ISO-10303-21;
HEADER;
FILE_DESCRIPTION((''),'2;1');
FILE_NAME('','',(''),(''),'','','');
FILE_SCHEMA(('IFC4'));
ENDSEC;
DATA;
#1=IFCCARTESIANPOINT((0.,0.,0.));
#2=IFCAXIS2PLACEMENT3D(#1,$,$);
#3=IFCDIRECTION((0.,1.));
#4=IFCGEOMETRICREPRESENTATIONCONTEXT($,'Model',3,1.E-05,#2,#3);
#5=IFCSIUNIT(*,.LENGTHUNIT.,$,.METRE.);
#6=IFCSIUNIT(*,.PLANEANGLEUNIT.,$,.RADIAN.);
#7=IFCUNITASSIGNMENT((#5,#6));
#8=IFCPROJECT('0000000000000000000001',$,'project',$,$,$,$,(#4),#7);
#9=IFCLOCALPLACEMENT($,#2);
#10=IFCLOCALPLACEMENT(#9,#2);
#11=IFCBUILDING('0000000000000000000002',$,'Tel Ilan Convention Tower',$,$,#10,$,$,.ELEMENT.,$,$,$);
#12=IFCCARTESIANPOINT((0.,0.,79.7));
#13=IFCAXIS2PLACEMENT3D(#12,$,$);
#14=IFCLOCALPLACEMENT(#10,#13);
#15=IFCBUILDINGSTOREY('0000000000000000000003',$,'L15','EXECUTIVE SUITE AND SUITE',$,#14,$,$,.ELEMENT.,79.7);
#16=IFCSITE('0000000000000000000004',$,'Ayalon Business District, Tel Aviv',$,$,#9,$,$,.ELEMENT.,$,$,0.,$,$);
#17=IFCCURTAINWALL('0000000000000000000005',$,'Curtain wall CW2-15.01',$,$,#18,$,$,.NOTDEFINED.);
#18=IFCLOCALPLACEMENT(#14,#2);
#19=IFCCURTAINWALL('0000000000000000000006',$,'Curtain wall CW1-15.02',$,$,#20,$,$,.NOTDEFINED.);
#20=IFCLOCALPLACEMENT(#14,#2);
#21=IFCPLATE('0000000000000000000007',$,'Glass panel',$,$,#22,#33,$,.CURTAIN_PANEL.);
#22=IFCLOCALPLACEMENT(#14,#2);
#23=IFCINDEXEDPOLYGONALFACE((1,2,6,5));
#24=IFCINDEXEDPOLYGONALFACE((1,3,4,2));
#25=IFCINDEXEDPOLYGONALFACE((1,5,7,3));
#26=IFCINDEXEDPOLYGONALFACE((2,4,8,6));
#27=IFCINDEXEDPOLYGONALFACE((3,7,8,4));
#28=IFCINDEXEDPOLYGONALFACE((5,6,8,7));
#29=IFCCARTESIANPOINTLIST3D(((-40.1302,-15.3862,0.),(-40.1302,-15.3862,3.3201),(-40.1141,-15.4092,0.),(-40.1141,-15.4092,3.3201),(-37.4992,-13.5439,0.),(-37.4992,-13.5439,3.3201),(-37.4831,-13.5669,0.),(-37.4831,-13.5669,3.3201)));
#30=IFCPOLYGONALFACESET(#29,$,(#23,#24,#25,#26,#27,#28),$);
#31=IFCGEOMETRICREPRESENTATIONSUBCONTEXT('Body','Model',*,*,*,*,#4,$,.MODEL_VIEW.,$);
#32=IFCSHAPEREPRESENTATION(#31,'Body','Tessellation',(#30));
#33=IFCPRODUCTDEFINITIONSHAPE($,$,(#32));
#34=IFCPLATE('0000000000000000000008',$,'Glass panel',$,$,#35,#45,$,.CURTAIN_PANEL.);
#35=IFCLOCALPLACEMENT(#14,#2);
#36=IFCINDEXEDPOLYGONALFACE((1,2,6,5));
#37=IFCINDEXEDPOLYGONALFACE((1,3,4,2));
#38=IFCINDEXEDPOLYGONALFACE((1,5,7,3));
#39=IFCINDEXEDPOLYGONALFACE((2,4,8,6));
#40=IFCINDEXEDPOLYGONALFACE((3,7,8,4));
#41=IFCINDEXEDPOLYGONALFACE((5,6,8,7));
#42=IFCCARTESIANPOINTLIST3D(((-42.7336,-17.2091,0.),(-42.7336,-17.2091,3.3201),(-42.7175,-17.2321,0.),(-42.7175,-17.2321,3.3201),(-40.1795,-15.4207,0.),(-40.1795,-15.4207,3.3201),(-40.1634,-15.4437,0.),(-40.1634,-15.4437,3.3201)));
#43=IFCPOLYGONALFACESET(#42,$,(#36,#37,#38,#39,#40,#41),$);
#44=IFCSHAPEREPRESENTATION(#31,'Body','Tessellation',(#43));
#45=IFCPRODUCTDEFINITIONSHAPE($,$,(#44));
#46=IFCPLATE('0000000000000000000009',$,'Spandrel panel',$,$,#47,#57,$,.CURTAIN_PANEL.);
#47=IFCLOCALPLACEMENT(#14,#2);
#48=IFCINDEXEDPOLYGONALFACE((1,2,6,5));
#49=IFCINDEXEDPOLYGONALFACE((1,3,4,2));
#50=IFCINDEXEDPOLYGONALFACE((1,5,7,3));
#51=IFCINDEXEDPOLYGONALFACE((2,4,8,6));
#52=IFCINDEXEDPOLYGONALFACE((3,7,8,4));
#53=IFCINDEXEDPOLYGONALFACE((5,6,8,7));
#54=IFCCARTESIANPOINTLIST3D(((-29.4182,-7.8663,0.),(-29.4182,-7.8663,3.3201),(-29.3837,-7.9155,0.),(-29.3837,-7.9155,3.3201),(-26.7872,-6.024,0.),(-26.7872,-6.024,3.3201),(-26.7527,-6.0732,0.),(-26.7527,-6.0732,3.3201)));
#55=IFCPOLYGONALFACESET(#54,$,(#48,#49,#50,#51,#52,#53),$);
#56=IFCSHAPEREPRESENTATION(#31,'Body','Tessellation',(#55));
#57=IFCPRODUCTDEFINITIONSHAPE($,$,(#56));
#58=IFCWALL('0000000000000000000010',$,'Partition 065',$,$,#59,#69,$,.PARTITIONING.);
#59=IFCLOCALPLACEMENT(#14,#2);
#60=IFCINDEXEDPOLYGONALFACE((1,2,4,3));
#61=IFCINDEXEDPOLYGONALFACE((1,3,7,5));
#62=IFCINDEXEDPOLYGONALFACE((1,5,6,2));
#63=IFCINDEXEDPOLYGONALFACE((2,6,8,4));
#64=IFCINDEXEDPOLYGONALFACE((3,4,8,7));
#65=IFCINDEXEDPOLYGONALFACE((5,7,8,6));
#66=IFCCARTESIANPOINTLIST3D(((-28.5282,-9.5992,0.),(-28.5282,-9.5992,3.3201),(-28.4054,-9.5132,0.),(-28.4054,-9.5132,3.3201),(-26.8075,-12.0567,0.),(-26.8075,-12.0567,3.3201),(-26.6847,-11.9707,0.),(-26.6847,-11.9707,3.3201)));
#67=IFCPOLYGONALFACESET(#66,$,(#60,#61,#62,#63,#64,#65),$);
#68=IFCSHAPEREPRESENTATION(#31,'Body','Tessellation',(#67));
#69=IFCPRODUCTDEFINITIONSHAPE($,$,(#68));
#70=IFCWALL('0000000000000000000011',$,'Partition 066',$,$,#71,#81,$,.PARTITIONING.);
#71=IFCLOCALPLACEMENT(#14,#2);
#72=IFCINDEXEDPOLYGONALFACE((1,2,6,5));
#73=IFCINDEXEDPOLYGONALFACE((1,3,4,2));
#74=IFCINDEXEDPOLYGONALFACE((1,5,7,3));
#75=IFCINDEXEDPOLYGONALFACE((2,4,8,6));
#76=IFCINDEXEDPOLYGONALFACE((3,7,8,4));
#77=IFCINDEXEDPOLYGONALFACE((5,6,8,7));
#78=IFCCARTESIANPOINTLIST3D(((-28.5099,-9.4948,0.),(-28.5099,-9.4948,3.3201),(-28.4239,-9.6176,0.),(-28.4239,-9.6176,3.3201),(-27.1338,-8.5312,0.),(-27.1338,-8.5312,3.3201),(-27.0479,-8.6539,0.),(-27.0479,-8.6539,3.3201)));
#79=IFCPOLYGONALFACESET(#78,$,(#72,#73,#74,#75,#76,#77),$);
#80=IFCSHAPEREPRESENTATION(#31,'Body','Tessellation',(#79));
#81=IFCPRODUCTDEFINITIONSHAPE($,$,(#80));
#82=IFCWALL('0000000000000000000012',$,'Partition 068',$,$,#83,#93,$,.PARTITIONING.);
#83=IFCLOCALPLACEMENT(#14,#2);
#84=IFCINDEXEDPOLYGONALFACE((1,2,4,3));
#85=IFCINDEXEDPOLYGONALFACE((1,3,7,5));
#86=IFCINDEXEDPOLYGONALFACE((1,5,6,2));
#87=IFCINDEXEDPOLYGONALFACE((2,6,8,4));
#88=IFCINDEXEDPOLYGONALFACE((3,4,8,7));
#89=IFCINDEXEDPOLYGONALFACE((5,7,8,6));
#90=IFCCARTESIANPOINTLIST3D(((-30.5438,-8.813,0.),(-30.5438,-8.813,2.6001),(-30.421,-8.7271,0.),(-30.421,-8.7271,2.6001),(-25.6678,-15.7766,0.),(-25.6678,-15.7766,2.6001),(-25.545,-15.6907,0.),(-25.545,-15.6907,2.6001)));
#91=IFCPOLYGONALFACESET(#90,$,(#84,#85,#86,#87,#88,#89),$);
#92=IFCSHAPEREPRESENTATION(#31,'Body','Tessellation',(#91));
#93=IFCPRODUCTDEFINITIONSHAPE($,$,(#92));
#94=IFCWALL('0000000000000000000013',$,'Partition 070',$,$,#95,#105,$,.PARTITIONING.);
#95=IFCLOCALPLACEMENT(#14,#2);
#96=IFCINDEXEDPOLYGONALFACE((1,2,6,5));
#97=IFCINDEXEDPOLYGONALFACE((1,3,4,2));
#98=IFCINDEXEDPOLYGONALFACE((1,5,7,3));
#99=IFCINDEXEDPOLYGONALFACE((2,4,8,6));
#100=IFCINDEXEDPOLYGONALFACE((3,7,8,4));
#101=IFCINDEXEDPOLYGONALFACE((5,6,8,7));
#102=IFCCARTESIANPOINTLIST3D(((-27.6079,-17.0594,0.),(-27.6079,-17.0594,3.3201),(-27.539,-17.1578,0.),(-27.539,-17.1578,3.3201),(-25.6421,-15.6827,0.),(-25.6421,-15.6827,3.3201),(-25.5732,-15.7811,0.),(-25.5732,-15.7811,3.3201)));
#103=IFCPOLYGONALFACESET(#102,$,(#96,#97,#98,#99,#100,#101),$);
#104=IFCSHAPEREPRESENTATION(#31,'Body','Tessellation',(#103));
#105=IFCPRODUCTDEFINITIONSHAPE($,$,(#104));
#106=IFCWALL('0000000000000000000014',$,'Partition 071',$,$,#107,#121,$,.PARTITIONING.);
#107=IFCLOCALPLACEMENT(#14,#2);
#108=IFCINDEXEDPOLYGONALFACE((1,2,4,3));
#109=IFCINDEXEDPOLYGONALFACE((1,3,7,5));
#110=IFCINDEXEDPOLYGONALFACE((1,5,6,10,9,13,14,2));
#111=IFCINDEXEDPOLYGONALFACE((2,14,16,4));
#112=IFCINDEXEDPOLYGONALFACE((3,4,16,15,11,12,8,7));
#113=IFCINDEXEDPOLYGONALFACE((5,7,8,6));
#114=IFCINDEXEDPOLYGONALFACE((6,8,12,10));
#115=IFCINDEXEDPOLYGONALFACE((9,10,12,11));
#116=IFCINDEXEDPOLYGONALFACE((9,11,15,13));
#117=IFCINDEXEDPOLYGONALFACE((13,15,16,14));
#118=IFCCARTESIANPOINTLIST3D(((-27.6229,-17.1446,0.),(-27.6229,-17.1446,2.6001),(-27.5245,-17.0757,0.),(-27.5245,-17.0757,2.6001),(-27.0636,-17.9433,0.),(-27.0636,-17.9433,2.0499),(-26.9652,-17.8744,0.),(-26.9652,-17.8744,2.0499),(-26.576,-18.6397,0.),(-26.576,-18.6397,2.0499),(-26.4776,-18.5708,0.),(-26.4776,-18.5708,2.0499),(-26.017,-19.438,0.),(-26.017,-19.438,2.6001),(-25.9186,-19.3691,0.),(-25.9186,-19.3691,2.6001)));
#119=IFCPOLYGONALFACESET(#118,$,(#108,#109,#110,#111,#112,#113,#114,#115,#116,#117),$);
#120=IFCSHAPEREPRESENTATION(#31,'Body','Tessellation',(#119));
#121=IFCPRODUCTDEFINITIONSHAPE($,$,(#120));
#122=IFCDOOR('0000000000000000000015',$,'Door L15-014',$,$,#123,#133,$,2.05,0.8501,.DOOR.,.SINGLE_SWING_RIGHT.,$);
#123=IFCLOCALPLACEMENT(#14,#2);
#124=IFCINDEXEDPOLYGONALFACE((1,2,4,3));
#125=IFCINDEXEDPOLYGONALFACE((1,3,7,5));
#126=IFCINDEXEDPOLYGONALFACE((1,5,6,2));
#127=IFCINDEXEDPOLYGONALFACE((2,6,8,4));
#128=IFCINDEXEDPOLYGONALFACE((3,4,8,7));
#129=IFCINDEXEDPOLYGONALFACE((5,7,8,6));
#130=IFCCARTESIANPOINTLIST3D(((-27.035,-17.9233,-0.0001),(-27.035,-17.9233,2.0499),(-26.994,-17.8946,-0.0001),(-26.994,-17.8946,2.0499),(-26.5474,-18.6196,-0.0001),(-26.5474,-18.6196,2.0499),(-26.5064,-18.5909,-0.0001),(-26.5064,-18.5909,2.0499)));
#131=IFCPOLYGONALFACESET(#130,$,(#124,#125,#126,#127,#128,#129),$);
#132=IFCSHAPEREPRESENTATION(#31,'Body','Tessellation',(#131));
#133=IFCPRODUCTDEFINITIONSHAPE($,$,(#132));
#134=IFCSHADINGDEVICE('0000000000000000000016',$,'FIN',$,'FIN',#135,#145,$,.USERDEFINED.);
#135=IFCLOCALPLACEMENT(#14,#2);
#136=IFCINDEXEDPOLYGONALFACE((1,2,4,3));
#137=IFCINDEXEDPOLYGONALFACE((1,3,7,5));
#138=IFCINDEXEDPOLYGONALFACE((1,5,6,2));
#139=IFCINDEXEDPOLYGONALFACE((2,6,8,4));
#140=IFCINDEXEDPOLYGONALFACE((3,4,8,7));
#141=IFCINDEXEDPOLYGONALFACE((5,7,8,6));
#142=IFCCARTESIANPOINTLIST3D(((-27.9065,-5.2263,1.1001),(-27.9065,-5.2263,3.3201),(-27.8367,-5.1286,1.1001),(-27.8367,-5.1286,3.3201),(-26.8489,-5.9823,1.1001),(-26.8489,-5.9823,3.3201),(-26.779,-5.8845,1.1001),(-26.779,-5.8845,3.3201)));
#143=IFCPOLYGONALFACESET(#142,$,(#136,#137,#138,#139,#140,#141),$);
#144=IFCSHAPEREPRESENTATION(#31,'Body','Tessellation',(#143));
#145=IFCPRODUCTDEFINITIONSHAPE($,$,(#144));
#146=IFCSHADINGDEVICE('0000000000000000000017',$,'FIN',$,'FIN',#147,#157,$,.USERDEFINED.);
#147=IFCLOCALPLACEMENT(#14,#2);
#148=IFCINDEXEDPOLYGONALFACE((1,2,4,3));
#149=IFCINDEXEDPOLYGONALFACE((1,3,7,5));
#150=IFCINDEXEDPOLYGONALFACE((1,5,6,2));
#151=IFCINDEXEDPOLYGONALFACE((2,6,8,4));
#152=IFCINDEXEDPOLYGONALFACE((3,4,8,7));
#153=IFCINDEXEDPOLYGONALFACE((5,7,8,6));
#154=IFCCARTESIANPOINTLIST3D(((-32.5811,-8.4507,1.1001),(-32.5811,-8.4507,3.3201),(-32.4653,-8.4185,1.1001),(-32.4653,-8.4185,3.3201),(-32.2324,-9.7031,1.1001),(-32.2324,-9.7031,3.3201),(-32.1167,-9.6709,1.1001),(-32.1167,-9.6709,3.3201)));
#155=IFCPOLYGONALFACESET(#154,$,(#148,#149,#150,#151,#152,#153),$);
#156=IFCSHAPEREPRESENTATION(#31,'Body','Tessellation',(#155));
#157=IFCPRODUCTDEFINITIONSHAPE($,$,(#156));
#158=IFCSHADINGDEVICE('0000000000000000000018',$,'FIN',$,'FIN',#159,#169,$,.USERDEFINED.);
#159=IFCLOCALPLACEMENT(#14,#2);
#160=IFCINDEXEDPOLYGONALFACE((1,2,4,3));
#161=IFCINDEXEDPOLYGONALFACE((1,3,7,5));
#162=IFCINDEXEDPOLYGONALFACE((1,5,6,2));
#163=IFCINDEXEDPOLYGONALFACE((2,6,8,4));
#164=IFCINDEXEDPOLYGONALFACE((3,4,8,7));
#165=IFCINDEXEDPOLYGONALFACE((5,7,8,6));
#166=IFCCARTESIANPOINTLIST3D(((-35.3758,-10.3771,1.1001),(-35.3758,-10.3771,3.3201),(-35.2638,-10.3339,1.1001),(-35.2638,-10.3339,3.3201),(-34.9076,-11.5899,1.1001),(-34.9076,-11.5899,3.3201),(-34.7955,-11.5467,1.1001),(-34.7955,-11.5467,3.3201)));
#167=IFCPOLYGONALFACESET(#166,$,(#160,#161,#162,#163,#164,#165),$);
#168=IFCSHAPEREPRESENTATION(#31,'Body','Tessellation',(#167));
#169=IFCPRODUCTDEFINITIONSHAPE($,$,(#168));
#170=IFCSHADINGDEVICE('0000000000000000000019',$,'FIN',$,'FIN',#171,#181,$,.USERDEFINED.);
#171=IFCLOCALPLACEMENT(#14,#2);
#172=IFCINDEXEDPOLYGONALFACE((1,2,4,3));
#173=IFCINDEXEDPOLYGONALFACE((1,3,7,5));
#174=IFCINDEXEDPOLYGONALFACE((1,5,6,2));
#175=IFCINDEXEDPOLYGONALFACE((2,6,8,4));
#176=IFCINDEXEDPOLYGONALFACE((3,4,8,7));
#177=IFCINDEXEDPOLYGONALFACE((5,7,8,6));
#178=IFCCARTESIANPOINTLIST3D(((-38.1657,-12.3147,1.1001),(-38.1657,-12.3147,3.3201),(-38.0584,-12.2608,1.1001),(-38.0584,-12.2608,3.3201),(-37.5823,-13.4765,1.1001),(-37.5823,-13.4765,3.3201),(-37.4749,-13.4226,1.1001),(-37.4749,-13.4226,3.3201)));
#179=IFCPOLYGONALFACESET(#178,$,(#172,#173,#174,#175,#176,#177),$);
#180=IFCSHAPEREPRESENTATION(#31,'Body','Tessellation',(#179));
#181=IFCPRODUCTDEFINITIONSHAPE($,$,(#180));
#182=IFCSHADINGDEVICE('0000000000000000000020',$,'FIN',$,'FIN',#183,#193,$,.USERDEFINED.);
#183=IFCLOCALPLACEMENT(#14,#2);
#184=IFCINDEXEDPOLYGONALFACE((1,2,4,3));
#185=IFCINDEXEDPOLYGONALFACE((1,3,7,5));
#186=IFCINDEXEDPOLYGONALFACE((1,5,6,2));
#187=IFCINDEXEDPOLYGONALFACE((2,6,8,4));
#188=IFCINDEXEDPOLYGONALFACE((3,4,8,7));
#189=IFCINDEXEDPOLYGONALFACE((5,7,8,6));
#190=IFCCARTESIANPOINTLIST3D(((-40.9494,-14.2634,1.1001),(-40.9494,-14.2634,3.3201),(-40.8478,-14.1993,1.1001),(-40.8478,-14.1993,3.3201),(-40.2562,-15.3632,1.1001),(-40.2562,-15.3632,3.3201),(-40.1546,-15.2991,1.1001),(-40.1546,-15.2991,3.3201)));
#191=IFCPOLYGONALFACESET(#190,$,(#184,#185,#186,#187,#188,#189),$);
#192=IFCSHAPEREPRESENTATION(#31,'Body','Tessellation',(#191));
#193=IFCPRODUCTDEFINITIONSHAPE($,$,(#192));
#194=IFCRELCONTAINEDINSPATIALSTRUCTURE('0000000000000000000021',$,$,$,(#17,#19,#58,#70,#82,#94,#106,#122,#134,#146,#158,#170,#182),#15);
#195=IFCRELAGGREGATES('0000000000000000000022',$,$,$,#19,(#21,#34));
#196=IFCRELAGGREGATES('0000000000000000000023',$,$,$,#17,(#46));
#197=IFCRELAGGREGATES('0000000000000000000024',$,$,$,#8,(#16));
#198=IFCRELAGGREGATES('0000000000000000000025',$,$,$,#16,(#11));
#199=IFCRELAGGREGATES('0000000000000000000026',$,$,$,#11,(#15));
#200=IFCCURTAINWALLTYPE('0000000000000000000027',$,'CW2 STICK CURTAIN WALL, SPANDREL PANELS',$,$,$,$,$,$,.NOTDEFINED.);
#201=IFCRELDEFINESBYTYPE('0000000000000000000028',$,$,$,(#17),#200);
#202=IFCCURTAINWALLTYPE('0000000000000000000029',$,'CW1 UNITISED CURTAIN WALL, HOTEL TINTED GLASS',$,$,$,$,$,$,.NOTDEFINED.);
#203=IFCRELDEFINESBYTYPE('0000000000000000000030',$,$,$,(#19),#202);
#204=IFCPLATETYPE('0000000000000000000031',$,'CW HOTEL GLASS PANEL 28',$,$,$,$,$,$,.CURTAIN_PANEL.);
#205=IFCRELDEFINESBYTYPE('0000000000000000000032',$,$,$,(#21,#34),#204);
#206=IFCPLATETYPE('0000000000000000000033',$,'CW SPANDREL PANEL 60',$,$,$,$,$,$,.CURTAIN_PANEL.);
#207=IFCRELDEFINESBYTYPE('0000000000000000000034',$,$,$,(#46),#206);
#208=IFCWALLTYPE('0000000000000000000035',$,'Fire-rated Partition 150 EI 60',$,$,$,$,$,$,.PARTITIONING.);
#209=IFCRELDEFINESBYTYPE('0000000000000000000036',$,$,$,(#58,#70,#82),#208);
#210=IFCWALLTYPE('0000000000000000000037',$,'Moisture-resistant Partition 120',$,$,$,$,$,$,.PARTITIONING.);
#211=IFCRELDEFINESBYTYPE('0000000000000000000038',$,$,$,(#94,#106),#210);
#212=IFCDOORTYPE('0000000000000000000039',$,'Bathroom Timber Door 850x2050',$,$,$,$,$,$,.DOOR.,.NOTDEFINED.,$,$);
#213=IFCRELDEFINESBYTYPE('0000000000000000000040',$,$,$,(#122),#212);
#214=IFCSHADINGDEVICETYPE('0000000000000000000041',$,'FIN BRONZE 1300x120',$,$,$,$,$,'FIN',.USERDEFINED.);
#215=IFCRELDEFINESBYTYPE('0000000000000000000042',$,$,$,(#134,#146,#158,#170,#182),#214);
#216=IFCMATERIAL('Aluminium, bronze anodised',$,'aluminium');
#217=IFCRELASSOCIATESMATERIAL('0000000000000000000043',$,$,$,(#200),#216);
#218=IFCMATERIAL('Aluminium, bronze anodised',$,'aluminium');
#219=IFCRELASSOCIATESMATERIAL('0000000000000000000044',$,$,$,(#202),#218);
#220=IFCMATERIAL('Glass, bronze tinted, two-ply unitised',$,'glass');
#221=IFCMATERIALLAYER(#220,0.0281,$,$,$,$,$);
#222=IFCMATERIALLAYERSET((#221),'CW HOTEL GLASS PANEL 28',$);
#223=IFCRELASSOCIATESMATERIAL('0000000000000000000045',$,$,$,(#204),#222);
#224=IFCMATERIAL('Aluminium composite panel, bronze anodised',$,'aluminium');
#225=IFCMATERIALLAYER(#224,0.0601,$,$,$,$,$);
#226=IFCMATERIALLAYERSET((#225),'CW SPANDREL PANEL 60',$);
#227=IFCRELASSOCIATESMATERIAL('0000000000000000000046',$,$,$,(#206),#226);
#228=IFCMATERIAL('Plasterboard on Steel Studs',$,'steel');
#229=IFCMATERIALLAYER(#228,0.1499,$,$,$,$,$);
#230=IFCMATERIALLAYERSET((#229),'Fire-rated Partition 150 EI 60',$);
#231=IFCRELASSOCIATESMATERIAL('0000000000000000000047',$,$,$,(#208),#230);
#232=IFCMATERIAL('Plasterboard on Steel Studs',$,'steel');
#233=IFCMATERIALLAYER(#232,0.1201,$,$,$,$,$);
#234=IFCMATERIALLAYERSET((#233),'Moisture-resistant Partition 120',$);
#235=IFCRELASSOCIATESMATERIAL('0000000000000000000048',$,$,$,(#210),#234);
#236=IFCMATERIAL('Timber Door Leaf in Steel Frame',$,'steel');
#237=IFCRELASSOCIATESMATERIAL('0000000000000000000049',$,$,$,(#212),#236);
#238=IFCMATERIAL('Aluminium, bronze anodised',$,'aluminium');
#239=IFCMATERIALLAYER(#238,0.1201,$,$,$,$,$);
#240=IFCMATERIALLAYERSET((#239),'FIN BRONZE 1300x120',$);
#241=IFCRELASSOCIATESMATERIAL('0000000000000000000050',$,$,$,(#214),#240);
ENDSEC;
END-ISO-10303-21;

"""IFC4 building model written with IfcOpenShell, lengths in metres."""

from ifc_helpers import new_model, si_unit, direction, frame, frame_2d, origin, origin_2d, place, context, subcontext, project, spatial, rectangle, extrude, material, layer, layer_set, type_object, element, fill, aggregate, save


model = new_model("IFC4")

# Units and contexts
model_context = context("Model", 3, precision=1e-05, world=origin(), true_north=direction((0.0, 1.0)))
body_context = subcontext(model_context, "Body", "Model", "MODEL_VIEW")
ifc_project = project(units=[si_unit("LENGTHUNIT", "METRE"), si_unit("PLANEANGLEUNIT", "RADIAN")], contexts=[model_context])

# Site, building, storey
site_placement = place(None, origin())
site = spatial("IfcSite", under=ifc_project, at=site_placement, Name="Ayalon Business District, Tel Aviv", CompositionType="ELEMENT", RefElevation=0.0)
building_placement = place(site_placement, origin())
building = spatial("IfcBuilding", under=site, at=building_placement, Name="Tel Ilan Convention Tower", CompositionType="ELEMENT")
storey_placement = place(building_placement, frame((0.0, 0.0, 79.7)))
storey = spatial("IfcBuildingStorey", under=building, at=storey_placement, Name="L15", Description="EXECUTIVE SUITE AND SUITE", CompositionType="ELEMENT", Elevation=79.7)

# Curtain wall
ifc_material_1 = material(Name="Aluminium, bronze anodised", Category="aluminium")
curtain_wall_type_1 = type_object("IfcCurtainWallType", Name="CW2 STICK CURTAIN WALL, SPANDREL PANELS", PredefinedType="NOTDEFINED", material=ifc_material_1)
curtain_wall_1_placement = place(storey_placement, origin())
curtain_wall_1 = element("IfcCurtainWall", 1, at=curtain_wall_1_placement, inside=storey, type_object=curtain_wall_type_1, Name="Curtain wall CW2-15.01", PredefinedType="NOTDEFINED")

# Curtain wall, plates
ifc_material_2 = material(Name="Aluminium, bronze anodised", Category="aluminium")
curtain_wall_type_2 = type_object("IfcCurtainWallType", Name="CW1 UNITISED CURTAIN WALL, HOTEL TINTED GLASS", PredefinedType="NOTDEFINED", material=ifc_material_2)
curtain_wall_2_placement = place(storey_placement, origin())
curtain_wall_2 = element("IfcCurtainWall", 2, at=curtain_wall_2_placement, inside=storey, type_object=curtain_wall_type_2, Name="Curtain wall CW1-15.02", PredefinedType="NOTDEFINED")
ifc_material_3 = material(Name="Glass, bronze tinted, two-ply unitised", Category="glass")
ifc_layer_1 = layer(ifc_material_3, 0.0281)
ifc_layer_set_1 = layer_set([ifc_layer_1], Name="CW HOTEL GLASS PANEL 28")
plate_type_1 = type_object("IfcPlateType", Name="CW HOTEL GLASS PANEL 28", PredefinedType="CURTAIN_PANEL", material=ifc_layer_set_1)
plate_1_placement = place(storey_placement, frame((-38.8066, -14.4766, 0.0), z_axis=(0.0, 0.0, 1.0), x_axis=(-0.819152, -0.573576, 0.0)))
plate_1 = element("IfcPlate", 3, at=plate_1_placement, type_object=plate_type_1, Name="Glass panel", PredefinedType="CURTAIN_PANEL", context=body_context, shape_type="SweptSolid", body=[
    extrude(rectangle(XDim=3.2119, YDim=0.0281, at=origin_2d()), origin(), (0.0, 0.0, 1.0), 3.3201),
])
plate_2_placement = place(storey_placement, frame((-41.4485, -16.3264, 0.0), z_axis=(0.0, 0.0, 1.0), x_axis=(-0.819152, -0.573576, 0.0)))
plate_2 = element("IfcPlate", 4, at=plate_2_placement, type_object=plate_type_1, Name="Glass panel", PredefinedType="CURTAIN_PANEL", context=body_context, shape_type="SweptSolid", body=[
    extrude(rectangle(XDim=3.1179, YDim=0.0281, at=origin_2d()), origin(), (0.0, 0.0, 1.0), 3.3201),
])
aggregate(curtain_wall_2, [plate_1, plate_2])

# Plate
ifc_material_4 = material(Name="Aluminium composite panel, bronze anodised", Category="aluminium")
ifc_layer_2 = layer(ifc_material_4, 0.0601)
ifc_layer_set_2 = layer_set([ifc_layer_2], Name="CW SPANDREL PANEL 60")
plate_type_2 = type_object("IfcPlateType", Name="CW SPANDREL PANEL 60", PredefinedType="CURTAIN_PANEL", material=ifc_layer_set_2)
plate_3_placement = place(storey_placement, frame((-28.0854, -6.9697, 0.0), z_axis=(0.0, 0.0, 1.0), x_axis=(-0.819152, -0.573576, 0.0)))
plate_3 = element("IfcPlate", 5, at=plate_3_placement, type_object=plate_type_2, Name="Spandrel panel", PredefinedType="CURTAIN_PANEL", context=body_context, shape_type="SweptSolid", body=[
    extrude(rectangle(XDim=3.2119, YDim=0.0601, at=origin_2d()), origin(), (0.0, 0.0, 1.0), 3.3201),
])
aggregate(curtain_wall_1, [plate_3])

# Walls
ifc_material_5 = material(Name="Plasterboard on Steel Studs", Category="steel")
ifc_layer_3 = layer(ifc_material_5, 0.1499)
ifc_layer_set_3 = layer_set([ifc_layer_3], Name="Fire-rated Partition 150 EI 60")
wall_type_1 = type_object("IfcWallType", Name="Fire-rated Partition 150 EI 60", PredefinedType="PARTITIONING", material=ifc_layer_set_3)
wall_1_placement = place(storey_placement, frame((-26.7461, -12.0137, 0.0), z_axis=(0.0, 0.0, 1.0), x_axis=(-0.573561, 0.819163, 0.0)))
element("IfcWall", 6, at=wall_1_placement, inside=storey, type_object=wall_type_1, Name="Partition 065", PredefinedType="PARTITIONING", context=body_context, shape_type="SweptSolid", body=[
    extrude(rectangle(XDim=3.0, YDim=0.1499, at=frame_2d((1.5, 0.0))), origin(), (0.0, 0.0, 1.0), 3.3201),
])
wall_2_placement = place(storey_placement, frame((-28.4668, -9.5562, 0.0), z_axis=(0.0, 0.0, 1.0), x_axis=(0.819109, 0.573638, 0.0)))
element("IfcWall", 7, at=wall_2_placement, inside=storey, type_object=wall_type_1, Name="Partition 066", PredefinedType="PARTITIONING", context=body_context, shape_type="SweptSolid", body=[
    extrude(rectangle(XDim=1.6799, YDim=0.1499, at=frame_2d((0.8398, 0.0))), origin(), (0.0, 0.0, 1.0), 3.3201),
])
wall_3_placement = place(storey_placement, frame((-25.6064, -15.7336, 0.0), z_axis=(0.0, 0.0, 1.0), x_axis=(-0.573576, 0.819152, 0.0)))
element("IfcWall", 8, at=wall_3_placement, inside=storey, type_object=wall_type_1, Name="Partition 068", PredefinedType="PARTITIONING", context=body_context, shape_type="SweptSolid", body=[
    extrude(rectangle(XDim=8.501, YDim=0.1499, at=frame_2d((4.2505, 0.0))), origin(), (0.0, 0.0, 1.0), 2.6001),
])
ifc_material_6 = material(Name="Plasterboard on Steel Studs", Category="steel")
ifc_layer_4 = layer(ifc_material_6, 0.1201)
ifc_layer_set_4 = layer_set([ifc_layer_4], Name="Moisture-resistant Partition 120")
wall_type_2 = type_object("IfcWallType", Name="Moisture-resistant Partition 120", PredefinedType="PARTITIONING", material=ifc_layer_set_4)
wall_4_placement = place(storey_placement, frame((-25.6077, -15.7319, 0.0), z_axis=(0.0, 0.0, 1.0), x_axis=(-0.819108, -0.57364, 0.0)))
element("IfcWall", 9, at=wall_4_placement, inside=storey, type_object=wall_type_2, Name="Partition 070", PredefinedType="PARTITIONING", context=body_context, shape_type="SweptSolid", body=[
    extrude(rectangle(XDim=2.3999, YDim=0.1201, at=frame_2d((1.2, 0.0))), origin(), (0.0, 0.0, 1.0), 3.3201),
])

# Wall, opening, door
wall_5_placement = place(storey_placement, frame((-27.5737, -17.1101, 0.0), z_axis=(0.0, 0.0, 1.0), x_axis=(0.573591, -0.819142, 0.0)))
wall_5 = element("IfcWall", 10, at=wall_5_placement, inside=storey, type_object=wall_type_2, Name="Partition 071", PredefinedType="PARTITIONING", context=body_context, shape_type="SweptSolid", body=[
    extrude(rectangle(XDim=2.7998, YDim=0.1201, at=frame_2d((1.3999, 0.0))), origin(), (0.0, 0.0, 1.0), 2.6001),
])
opening_placement = place(wall_5_placement, frame((0.9751, 0.0, 0.0)))
opening = element("IfcOpeningElement", 11, at=opening_placement, cuts=wall_5, PredefinedType="OPENING", context=body_context, shape_type="SweptSolid", body=[
    extrude(rectangle(XDim=0.8501, YDim=2.05, at=frame_2d((0.425, 1.0249))), frame((0.0, 0.0701, 0.0), z_axis=(0.0, -1.0, 0.0), x_axis=(1.0, 0.0, 0.0)), (0.0, 0.0, 1.0), 0.1401),
])
ifc_material_7 = material(Name="Timber Door Leaf in Steel Frame", Category="steel")
door_type = type_object("IfcDoorType", Name="Bathroom Timber Door 850x2050", OperationType="NOTDEFINED", PredefinedType="DOOR", material=ifc_material_7)
door_placement = place(opening_placement, origin())
door = element("IfcDoor", 12, at=door_placement, inside=storey, type_object=door_type, Name="Door L15-014", OperationType="SINGLE_SWING_RIGHT", OverallHeight=2.05, OverallWidth=0.8501, PredefinedType="DOOR", context=body_context, shape_type="SweptSolid", body=[
    extrude(rectangle(XDim=0.8501, YDim=2.05, at=frame_2d((0.425, 1.0249))), frame((0.0, 0.0249, 0.0), z_axis=(0.0, -1.0, 0.0), x_axis=(1.0, 0.0, 0.0)), (0.0, 0.0, 1.0), 0.05),
])
fill(opening, door)

# Shading devices
ifc_material_8 = material(Name="Aluminium, bronze anodised", Category="aluminium")
ifc_layer_5 = layer(ifc_material_8, 0.1201)
ifc_layer_set_5 = layer_set([ifc_layer_5], Name="FIN BRONZE 1300x120")
shading_device_type = type_object("IfcShadingDeviceType", Name="FIN BRONZE 1300x120", ElementType="FIN", PredefinedType="USERDEFINED", material=ifc_layer_set_5)
for number, where, z_axis, x_axis, name in (
    (13, (-27.3428, -5.5554, 1.1001), (0.0, 0.0, 1.0), (-0.813552, 0.581492, 0.0), "FIN"),
    (14, (-32.3489, -9.0608, 1.1001), (0.0, 0.0, 1.0), (-0.268173, 0.963371, 0.0), "FIN"),
    (15, (-35.0857, -10.9619, 1.1001), (0.0, 0.0, 1.0), (-0.360178, 0.932884, 0.0), "FIN"),
    (16, (-37.8203, -12.8687, 1.1001), (0.0, 0.0, 1.0), (-0.448799, 0.893633, 0.0), "FIN"),
    (17, (-40.552, -14.7812, 1.1001), (0.0, 0.0, 1.0), (-0.533204, 0.845986, 0.0), "FIN"),
):
    element("IfcShadingDevice", number, at=place(storey_placement, frame(where, z_axis=z_axis, x_axis=x_axis)), inside=storey, type_object=shading_device_type, Name=name, ObjectType="FIN", PredefinedType="USERDEFINED", context=body_context, shape_type="SweptSolid", body=[
        extrude(rectangle(XDim=1.3, YDim=0.1201, at=origin_2d()), origin(), (0.0, 0.0, 1.0), 2.22),
    ])

save(model, "model.ifc")
